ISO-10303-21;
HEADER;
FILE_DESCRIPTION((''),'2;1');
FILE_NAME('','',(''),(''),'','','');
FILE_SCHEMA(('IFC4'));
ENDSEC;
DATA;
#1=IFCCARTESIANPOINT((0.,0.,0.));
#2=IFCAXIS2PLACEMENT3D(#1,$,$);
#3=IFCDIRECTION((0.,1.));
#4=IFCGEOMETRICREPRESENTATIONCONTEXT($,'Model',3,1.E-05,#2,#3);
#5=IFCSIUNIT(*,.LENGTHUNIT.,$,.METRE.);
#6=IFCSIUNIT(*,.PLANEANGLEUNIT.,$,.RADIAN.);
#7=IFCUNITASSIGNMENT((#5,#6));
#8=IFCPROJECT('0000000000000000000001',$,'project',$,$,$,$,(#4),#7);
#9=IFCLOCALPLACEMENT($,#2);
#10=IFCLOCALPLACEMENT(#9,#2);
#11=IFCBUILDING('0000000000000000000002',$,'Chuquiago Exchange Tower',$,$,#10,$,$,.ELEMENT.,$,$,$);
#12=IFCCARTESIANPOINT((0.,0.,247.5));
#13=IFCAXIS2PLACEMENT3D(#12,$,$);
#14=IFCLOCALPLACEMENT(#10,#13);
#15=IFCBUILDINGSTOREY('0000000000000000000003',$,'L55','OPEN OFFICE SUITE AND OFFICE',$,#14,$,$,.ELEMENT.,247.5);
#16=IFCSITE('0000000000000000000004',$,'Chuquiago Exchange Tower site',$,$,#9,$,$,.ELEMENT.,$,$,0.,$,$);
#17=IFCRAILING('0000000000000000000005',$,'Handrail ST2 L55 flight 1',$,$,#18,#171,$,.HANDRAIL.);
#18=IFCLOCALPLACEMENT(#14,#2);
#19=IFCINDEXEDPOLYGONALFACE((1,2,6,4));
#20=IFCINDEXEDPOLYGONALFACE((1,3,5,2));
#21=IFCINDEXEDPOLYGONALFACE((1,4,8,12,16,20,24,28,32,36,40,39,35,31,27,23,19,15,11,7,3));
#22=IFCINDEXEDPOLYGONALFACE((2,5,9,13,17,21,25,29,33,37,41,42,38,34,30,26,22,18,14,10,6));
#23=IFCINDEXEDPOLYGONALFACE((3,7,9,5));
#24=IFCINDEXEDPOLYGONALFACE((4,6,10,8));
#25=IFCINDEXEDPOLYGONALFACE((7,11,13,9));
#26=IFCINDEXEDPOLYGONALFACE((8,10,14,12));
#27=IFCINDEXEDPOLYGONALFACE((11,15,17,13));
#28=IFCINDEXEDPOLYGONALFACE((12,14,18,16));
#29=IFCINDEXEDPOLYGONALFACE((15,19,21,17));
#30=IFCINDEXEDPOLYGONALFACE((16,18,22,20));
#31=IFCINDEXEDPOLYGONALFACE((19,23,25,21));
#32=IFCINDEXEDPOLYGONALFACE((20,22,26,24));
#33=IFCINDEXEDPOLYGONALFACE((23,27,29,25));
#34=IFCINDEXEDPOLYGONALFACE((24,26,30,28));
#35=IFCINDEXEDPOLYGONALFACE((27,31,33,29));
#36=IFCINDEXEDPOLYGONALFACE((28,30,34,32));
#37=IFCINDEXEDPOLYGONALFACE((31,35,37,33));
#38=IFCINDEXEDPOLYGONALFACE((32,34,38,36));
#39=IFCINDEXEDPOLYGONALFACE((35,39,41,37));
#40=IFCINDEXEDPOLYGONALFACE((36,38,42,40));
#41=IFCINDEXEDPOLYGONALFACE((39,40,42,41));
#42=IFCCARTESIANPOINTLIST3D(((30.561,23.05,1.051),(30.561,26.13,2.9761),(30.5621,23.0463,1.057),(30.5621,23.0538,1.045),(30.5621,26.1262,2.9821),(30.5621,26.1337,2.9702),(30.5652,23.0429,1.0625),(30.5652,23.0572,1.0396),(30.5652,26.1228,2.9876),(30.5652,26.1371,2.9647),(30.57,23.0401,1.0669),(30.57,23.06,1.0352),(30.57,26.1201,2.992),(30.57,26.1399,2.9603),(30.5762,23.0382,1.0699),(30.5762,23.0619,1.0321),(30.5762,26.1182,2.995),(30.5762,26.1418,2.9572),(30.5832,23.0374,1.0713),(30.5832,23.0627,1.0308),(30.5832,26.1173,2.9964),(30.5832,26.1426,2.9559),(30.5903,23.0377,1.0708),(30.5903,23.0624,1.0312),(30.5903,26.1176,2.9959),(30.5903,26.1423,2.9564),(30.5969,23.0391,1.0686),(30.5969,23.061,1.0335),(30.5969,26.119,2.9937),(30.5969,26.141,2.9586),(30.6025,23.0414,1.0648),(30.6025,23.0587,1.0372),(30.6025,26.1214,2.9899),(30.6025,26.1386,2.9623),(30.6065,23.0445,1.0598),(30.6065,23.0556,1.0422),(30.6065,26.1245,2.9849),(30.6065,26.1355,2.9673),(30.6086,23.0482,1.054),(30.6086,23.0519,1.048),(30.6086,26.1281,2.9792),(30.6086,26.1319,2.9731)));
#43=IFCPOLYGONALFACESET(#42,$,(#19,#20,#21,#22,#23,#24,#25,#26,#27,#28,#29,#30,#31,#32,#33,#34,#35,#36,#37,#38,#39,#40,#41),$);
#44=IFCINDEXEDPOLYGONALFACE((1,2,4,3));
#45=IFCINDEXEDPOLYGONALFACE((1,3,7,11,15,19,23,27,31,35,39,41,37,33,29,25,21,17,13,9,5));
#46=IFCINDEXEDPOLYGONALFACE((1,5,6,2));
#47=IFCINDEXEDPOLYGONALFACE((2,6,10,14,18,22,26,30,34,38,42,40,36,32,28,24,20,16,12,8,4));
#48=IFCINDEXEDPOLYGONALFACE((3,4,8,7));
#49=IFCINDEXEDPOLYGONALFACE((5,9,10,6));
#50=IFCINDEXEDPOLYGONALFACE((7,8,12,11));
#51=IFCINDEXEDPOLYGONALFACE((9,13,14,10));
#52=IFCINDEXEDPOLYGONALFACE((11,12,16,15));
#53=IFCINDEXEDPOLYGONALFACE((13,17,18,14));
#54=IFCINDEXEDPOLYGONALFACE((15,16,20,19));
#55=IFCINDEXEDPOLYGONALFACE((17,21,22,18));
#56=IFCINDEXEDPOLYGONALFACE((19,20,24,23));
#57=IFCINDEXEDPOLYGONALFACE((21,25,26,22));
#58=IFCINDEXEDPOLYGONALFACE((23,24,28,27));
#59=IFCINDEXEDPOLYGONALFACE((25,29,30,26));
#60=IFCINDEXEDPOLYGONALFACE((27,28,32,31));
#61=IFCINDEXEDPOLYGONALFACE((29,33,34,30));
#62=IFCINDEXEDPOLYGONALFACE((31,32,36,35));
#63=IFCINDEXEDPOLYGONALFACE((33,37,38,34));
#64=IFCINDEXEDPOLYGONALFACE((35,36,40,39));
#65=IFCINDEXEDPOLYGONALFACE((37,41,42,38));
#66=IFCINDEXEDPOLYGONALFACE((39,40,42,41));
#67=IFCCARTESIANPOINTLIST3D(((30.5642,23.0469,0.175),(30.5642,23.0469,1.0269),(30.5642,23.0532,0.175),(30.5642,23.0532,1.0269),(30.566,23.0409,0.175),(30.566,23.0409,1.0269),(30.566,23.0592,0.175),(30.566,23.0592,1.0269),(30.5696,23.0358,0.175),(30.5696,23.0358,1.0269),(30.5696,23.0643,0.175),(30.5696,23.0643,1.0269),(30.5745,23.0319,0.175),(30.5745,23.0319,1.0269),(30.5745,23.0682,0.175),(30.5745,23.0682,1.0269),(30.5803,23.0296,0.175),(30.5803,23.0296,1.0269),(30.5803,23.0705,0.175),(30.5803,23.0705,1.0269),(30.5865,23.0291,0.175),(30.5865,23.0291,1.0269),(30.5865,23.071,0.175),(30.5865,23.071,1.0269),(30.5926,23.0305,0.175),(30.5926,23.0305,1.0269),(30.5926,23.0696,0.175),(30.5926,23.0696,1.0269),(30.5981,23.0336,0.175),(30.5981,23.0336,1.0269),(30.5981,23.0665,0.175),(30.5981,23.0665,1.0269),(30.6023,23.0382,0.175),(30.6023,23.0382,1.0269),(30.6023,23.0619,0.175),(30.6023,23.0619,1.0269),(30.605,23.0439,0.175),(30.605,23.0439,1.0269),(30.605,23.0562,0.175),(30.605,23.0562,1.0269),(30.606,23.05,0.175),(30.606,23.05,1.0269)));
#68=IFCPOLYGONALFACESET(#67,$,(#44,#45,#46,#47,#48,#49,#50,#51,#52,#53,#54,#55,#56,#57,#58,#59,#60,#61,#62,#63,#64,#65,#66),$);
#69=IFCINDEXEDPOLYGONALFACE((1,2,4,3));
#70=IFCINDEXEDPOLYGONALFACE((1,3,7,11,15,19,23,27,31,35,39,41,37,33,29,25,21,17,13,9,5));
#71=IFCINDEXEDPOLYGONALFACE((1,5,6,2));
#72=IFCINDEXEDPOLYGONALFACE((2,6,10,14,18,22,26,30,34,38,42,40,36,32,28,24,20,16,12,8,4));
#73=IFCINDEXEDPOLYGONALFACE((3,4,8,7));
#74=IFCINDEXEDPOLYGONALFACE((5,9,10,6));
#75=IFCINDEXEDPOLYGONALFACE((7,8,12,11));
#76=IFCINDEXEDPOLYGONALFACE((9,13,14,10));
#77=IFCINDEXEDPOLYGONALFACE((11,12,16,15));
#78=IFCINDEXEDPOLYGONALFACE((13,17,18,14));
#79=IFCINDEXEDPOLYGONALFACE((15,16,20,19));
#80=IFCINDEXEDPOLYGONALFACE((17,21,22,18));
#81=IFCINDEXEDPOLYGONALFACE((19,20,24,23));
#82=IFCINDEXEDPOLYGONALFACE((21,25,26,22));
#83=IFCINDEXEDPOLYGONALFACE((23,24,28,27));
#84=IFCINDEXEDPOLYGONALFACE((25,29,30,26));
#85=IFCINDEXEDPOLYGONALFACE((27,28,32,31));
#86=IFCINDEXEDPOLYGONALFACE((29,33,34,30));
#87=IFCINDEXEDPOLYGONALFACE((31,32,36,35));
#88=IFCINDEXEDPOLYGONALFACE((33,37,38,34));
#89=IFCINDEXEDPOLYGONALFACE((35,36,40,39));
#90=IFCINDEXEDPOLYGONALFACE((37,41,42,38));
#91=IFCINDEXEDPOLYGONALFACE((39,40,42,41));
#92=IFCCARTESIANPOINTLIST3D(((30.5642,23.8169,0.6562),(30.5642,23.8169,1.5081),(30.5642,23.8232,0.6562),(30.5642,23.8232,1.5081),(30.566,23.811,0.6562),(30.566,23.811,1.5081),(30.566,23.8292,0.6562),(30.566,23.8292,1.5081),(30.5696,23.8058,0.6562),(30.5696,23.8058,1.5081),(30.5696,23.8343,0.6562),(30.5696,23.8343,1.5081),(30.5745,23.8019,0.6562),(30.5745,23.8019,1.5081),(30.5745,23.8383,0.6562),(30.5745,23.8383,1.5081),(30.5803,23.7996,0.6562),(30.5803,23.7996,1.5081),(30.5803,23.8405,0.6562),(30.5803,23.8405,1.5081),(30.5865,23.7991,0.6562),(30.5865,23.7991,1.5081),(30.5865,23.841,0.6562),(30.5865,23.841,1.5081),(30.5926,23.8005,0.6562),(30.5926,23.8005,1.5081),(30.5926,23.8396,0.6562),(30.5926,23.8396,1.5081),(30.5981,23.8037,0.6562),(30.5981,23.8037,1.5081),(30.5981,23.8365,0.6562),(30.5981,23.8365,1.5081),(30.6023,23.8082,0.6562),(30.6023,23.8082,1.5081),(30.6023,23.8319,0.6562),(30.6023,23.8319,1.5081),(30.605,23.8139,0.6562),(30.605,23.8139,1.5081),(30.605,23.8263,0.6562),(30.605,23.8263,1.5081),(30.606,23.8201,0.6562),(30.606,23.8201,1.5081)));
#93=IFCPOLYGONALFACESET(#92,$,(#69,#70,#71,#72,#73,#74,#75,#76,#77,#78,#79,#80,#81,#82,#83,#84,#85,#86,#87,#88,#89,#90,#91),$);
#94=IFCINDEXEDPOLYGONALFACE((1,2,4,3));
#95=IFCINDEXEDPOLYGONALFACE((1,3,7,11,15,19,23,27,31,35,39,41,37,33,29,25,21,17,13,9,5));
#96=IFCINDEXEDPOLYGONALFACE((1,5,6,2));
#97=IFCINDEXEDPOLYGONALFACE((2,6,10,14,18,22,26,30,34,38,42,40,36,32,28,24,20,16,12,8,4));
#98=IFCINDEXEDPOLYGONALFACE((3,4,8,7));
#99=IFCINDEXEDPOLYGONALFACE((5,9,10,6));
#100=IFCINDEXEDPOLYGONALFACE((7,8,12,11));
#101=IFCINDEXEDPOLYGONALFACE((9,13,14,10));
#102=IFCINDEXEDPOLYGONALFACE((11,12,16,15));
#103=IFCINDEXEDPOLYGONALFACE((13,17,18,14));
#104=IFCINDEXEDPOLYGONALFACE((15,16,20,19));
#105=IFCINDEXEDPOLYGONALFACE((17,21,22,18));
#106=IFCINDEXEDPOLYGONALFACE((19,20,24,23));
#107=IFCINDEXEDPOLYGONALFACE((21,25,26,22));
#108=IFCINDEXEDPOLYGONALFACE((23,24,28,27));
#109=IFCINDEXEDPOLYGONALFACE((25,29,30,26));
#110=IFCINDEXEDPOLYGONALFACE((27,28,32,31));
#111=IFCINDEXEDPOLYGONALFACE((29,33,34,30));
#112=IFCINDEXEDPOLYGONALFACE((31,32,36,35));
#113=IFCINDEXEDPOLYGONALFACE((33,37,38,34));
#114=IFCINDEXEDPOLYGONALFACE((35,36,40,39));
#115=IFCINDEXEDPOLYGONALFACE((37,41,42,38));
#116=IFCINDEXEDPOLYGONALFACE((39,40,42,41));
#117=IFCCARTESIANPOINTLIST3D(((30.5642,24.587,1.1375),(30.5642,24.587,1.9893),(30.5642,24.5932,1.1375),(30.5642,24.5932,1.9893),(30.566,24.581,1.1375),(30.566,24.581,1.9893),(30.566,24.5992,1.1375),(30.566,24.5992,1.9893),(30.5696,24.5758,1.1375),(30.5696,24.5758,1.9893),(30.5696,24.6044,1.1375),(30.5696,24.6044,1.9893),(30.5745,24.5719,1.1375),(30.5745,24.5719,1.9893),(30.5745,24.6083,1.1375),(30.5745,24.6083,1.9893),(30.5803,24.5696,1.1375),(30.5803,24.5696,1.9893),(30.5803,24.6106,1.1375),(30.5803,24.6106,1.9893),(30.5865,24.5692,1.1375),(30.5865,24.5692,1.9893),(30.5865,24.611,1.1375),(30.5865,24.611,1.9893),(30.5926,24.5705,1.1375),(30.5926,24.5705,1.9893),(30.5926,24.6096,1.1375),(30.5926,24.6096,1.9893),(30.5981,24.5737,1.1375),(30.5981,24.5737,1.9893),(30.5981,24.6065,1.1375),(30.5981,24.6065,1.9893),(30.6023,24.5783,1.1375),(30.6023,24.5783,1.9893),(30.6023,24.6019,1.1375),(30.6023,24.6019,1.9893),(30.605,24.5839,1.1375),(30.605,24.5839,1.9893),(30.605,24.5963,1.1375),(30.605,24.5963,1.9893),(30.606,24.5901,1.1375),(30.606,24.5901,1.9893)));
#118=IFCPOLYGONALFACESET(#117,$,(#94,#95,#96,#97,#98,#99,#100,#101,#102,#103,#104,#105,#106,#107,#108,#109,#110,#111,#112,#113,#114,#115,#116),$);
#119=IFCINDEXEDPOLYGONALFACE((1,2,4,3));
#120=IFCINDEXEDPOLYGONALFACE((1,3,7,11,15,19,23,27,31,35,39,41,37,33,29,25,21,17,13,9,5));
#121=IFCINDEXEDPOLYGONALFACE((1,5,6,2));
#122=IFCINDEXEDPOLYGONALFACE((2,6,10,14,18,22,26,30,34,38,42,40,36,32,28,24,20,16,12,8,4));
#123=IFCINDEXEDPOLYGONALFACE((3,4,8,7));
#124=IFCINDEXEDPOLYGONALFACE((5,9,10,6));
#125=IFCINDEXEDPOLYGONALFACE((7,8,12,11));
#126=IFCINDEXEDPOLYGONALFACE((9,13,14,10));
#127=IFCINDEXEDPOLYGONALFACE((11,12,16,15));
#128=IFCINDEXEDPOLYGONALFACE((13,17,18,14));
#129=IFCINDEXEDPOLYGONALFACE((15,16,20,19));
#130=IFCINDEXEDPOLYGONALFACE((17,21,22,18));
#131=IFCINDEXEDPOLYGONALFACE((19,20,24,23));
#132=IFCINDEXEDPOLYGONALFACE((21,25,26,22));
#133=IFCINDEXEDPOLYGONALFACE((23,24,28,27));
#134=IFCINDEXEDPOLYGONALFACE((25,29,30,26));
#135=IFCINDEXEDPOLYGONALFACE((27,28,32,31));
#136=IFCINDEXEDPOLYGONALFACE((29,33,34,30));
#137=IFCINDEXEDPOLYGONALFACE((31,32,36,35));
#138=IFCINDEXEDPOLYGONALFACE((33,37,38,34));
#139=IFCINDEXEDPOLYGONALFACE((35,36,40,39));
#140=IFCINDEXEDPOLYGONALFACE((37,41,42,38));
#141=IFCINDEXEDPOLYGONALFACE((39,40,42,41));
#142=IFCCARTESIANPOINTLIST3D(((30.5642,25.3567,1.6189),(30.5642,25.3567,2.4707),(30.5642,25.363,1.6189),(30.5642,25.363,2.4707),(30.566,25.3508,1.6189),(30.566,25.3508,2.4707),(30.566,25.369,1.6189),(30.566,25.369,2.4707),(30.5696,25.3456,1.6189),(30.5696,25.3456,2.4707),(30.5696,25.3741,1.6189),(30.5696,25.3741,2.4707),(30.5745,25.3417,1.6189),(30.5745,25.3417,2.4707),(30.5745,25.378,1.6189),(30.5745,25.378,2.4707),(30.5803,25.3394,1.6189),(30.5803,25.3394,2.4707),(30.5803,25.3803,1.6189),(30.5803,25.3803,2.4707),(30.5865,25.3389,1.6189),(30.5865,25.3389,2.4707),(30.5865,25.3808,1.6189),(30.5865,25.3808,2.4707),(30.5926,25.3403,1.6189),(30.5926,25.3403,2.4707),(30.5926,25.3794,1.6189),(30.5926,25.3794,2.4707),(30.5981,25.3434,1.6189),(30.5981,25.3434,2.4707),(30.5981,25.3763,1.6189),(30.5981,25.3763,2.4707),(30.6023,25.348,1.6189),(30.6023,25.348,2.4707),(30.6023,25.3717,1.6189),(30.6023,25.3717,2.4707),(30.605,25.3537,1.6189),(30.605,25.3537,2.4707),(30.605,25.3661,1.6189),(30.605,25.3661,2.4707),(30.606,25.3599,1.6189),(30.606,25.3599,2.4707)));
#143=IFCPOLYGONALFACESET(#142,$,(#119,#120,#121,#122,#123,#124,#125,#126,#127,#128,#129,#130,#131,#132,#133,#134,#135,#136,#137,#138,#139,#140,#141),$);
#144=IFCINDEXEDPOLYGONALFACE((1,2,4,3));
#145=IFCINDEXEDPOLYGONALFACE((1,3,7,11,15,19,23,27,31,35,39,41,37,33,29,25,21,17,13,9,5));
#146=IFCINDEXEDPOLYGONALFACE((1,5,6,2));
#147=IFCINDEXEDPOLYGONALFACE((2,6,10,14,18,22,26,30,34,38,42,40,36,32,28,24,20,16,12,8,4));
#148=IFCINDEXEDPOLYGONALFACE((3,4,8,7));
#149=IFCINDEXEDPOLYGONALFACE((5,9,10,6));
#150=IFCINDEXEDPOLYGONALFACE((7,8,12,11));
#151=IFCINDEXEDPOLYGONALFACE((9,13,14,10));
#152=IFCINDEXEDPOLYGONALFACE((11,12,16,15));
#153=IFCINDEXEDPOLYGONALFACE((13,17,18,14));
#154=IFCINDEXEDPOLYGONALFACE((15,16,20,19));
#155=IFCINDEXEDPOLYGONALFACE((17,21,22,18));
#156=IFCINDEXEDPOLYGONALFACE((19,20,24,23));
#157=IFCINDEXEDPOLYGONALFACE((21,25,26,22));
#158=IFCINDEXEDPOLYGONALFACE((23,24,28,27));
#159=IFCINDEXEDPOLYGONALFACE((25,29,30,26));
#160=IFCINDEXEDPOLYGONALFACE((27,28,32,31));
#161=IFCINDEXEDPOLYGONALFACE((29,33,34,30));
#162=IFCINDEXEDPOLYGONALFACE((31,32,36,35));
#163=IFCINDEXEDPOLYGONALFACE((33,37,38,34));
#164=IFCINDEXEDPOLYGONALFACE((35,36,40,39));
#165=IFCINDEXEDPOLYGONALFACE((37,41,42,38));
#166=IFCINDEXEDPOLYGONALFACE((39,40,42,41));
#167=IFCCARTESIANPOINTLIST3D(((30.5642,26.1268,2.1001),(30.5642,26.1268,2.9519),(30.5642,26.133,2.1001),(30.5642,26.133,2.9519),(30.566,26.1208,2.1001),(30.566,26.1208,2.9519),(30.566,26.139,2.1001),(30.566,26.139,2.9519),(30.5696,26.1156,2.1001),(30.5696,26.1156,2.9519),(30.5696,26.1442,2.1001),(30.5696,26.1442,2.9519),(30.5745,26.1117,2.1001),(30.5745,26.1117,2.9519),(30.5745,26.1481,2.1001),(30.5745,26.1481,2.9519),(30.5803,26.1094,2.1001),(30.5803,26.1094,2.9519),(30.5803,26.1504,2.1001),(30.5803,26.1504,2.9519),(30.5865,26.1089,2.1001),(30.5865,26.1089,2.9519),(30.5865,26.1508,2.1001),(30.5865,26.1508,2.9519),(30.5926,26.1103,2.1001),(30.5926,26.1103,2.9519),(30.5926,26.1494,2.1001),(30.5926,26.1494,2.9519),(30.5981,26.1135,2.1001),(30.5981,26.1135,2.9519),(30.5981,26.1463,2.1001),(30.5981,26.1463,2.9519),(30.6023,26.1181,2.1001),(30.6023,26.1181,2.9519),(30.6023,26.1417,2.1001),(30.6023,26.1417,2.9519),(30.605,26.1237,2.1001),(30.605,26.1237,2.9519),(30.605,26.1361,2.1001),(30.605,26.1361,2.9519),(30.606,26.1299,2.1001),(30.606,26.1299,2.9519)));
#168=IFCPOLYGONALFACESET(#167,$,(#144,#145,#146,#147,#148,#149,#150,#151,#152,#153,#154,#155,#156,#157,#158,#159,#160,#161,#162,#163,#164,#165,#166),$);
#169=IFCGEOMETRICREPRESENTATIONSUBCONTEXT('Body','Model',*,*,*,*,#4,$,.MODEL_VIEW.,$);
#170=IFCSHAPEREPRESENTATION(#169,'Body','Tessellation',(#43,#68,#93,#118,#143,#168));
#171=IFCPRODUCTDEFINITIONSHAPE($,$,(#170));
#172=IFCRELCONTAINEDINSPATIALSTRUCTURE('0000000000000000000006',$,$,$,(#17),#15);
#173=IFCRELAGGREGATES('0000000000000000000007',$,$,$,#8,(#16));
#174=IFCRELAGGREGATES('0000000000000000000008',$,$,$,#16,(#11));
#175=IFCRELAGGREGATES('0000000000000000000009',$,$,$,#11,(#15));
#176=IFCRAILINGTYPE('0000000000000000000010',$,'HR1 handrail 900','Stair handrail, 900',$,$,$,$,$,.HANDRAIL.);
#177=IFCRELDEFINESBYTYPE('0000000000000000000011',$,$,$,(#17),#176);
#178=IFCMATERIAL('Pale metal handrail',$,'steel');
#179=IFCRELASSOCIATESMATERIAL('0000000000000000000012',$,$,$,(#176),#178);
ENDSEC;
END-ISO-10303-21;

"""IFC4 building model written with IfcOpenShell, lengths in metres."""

from ifc_helpers import new_model, si_unit, direction, frame, origin, origin_2d, place, context, subcontext, project, spatial, circle, extrude, material, type_object, element, save


model = new_model("IFC4")

# Units and contexts
model_context = context("Model", 3, precision=1e-05, world=origin(), true_north=direction((0.0, 1.0)))
body_context = subcontext(model_context, "Body", "Model", "MODEL_VIEW")
ifc_project = project(units=[si_unit("LENGTHUNIT", "METRE"), si_unit("PLANEANGLEUNIT", "RADIAN")], contexts=[model_context])

# Site, building, storey
site_placement = place(None, origin())
site = spatial("IfcSite", under=ifc_project, at=site_placement, Name="Chuquiago Exchange Tower site", CompositionType="ELEMENT", RefElevation=0.0)
building_placement = place(site_placement, origin())
building = spatial("IfcBuilding", under=site, at=building_placement, Name="Chuquiago Exchange Tower", CompositionType="ELEMENT")
storey_placement = place(building_placement, frame((0.0, 0.0, 247.5)))
storey = spatial("IfcBuildingStorey", under=building, at=storey_placement, Name="L55", Description="OPEN OFFICE SUITE AND OFFICE", CompositionType="ELEMENT", Elevation=247.5)

# Railing
ifc_material_1 = material(Name="Pale metal handrail", Category="steel")
railing_type_1 = type_object("IfcRailingType", Name="HR1 handrail 900", Description="Stair handrail, 900", PredefinedType="HANDRAIL", material=ifc_material_1)
for number, where, name in (
    (1, (30.585, 23.05, 0.175), "Handrail ST2 L55 flight 1"),
):
    element("IfcRailing", number, at=place(storey_placement, frame(where)), inside=storey, type_object=railing_type_1, Name=name, PredefinedType="HANDRAIL", context=body_context, shape_type="SweptSolid", body=[
        extrude(circle(Radius=0.0239, at=origin_2d()), frame((0.0, 0.0, 0.876), z_axis=(0.0, 0.847979, 0.530029), x_axis=(-1.0, 0.0, 0.0)), (0.0, 0.0, 1.0), 3.6321),
        extrude(circle(Radius=0.021, at=origin_2d()), origin(), (0.0, 0.0, 1.0), 0.8518),
        extrude(circle(Radius=0.021, at=origin_2d()), frame((0.0, 0.77, 0.4812)), (0.0, 0.0, 1.0), 0.8518),
        extrude(circle(Radius=0.021, at=origin_2d()), frame((0.0, 1.54, 0.9624)), (0.0, 0.0, 1.0), 0.8518),
        extrude(circle(Radius=0.021, at=origin_2d()), frame((0.0, 2.3098, 1.4438)), (0.0, 0.0, 1.0), 0.8518),
        extrude(circle(Radius=0.021, at=origin_2d()), frame((0.0, 3.0798, 1.925)), (0.0, 0.0, 1.0), 0.8518),
    ])

save(model, "model.ifc")
